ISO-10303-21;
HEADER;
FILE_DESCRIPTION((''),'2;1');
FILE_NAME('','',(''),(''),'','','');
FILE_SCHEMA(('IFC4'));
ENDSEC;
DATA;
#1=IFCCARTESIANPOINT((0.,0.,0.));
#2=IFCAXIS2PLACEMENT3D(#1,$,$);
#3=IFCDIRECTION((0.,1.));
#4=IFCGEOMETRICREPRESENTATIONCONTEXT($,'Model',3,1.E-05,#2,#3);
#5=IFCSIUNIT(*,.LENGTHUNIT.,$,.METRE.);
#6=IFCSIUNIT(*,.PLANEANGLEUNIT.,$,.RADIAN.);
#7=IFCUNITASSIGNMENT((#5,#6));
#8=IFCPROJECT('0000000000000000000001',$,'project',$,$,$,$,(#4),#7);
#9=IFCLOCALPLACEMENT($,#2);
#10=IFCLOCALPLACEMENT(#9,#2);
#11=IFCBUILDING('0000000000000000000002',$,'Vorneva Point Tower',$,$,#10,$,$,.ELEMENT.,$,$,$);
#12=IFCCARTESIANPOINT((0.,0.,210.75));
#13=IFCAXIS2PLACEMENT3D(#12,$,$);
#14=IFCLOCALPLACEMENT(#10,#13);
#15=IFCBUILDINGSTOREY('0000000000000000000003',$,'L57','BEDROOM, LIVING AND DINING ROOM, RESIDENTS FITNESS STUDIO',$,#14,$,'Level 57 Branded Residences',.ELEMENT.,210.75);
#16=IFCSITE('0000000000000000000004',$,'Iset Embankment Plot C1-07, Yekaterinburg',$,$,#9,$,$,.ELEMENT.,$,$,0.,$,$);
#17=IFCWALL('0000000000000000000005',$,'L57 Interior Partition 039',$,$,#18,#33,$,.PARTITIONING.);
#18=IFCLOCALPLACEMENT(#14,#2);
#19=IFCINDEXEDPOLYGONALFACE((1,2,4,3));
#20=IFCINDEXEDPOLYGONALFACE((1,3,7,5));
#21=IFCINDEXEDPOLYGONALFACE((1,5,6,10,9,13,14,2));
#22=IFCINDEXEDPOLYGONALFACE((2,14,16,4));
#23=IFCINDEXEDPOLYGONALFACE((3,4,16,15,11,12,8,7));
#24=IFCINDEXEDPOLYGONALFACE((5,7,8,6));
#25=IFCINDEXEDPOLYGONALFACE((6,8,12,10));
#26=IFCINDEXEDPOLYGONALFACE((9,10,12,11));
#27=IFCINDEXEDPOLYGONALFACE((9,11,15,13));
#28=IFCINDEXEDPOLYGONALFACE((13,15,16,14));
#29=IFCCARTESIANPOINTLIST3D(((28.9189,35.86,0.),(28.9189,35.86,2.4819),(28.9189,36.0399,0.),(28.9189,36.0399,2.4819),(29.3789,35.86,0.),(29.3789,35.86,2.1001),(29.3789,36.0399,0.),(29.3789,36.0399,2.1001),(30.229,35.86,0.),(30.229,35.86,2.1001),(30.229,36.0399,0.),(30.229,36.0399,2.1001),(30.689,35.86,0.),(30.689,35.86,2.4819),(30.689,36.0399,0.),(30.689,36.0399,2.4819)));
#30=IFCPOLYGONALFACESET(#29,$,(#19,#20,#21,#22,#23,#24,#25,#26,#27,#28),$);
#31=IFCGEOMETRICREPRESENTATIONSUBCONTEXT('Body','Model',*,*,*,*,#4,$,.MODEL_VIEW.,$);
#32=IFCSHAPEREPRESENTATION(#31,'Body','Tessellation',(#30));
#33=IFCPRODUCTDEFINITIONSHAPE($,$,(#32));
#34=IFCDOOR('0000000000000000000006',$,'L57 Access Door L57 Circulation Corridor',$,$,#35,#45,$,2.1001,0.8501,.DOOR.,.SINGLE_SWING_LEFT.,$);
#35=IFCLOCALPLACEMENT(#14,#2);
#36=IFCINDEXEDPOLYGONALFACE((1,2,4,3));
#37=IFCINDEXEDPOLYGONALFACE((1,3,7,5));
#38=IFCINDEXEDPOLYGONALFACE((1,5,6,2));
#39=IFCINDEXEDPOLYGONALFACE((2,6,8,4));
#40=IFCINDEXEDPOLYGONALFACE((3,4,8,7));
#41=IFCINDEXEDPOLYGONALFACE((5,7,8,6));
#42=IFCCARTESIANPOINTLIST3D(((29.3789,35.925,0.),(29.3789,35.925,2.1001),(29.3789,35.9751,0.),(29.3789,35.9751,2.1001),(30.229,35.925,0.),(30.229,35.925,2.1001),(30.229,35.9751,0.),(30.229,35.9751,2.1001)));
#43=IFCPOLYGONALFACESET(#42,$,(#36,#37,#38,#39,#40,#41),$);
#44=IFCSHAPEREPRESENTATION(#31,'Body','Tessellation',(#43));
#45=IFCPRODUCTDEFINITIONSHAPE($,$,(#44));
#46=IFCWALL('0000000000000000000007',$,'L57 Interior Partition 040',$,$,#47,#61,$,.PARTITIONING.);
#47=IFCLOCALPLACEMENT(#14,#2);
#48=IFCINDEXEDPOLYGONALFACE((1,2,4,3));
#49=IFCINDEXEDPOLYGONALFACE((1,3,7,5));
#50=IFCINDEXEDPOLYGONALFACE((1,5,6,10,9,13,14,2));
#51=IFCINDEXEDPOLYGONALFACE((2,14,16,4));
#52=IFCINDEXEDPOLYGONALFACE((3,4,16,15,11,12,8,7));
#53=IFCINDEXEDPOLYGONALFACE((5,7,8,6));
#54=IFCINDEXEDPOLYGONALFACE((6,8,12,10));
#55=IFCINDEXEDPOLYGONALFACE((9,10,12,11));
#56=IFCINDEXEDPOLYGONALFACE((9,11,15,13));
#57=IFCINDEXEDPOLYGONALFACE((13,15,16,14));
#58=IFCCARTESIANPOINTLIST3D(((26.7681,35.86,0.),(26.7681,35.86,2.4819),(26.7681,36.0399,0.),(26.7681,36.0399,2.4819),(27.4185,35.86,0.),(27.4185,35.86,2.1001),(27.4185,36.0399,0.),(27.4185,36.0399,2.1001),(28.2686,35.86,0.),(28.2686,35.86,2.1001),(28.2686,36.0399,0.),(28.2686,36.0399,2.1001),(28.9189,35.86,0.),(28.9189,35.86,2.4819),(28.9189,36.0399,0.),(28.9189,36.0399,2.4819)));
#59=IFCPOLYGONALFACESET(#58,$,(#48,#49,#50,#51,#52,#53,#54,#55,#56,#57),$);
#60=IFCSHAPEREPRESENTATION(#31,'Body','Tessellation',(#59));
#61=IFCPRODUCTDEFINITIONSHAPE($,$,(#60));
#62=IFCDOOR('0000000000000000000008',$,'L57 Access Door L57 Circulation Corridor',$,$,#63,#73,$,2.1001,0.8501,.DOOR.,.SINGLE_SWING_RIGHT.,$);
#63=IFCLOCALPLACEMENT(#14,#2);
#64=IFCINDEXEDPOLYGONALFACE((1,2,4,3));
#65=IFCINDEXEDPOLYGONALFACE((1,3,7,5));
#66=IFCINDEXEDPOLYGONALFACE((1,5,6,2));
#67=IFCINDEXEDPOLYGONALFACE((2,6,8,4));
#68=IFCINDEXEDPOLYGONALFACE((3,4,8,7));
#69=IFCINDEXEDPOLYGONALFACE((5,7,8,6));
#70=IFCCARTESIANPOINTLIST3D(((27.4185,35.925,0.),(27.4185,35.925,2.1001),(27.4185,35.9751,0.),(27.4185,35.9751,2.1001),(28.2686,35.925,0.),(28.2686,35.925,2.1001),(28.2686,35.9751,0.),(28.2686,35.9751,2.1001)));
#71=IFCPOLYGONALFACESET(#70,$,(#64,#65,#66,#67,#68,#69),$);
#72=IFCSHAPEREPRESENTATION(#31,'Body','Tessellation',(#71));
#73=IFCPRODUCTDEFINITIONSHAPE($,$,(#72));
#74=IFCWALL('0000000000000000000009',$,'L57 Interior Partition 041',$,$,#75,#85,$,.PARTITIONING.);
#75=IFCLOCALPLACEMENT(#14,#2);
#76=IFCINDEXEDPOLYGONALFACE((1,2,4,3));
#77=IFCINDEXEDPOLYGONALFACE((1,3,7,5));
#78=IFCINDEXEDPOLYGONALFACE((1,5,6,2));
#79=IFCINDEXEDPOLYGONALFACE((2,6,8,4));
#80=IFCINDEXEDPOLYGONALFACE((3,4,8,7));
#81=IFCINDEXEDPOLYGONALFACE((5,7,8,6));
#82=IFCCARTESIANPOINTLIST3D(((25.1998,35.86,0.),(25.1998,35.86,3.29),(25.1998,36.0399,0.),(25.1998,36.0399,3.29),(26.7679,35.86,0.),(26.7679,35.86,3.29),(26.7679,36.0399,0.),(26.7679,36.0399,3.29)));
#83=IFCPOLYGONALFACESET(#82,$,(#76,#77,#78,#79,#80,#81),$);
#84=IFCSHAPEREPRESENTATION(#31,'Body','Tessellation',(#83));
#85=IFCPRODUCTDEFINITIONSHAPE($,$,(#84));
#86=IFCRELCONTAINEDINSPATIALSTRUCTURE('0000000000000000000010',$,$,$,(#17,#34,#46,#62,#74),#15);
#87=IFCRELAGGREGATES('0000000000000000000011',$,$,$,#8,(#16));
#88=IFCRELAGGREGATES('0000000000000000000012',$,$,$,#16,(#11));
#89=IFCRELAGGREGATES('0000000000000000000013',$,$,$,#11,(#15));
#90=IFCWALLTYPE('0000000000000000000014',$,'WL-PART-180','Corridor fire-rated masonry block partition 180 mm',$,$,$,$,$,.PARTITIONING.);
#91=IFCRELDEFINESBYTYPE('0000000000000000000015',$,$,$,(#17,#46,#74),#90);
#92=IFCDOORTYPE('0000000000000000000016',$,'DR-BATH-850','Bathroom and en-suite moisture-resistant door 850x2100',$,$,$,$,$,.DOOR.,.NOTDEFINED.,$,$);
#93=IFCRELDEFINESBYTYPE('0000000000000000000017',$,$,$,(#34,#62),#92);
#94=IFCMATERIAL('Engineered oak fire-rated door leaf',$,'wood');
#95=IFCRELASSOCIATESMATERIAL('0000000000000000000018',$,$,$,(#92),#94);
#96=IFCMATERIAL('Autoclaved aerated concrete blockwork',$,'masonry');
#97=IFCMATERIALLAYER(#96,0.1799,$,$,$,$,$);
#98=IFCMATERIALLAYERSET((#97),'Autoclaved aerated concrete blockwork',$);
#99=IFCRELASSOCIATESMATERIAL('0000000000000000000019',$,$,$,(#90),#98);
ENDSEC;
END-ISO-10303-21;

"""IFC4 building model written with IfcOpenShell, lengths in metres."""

from ifc_helpers import new_model, si_unit, direction, frame, frame_2d, origin, place, context, subcontext, project, spatial, rectangle, extrude, material, layer, layer_set, type_object, element, fill, save


model = new_model("IFC4")

# Units and contexts
model_context = context("Model", 3, precision=1e-05, world=origin(), true_north=direction((0.0, 1.0)))
body_context = subcontext(model_context, "Body", "Model", "MODEL_VIEW")
ifc_project = project(units=[si_unit("LENGTHUNIT", "METRE"), si_unit("PLANEANGLEUNIT", "RADIAN")], contexts=[model_context])

# Site, building, storey
site_placement = place(None, origin())
site = spatial("IfcSite", under=ifc_project, at=site_placement, Name="Iset Embankment Plot C1-07, Yekaterinburg", CompositionType="ELEMENT", RefElevation=0.0)
building_placement = place(site_placement, origin())
building = spatial("IfcBuilding", under=site, at=building_placement, Name="Vorneva Point Tower", CompositionType="ELEMENT")
storey_placement = place(building_placement, frame((0.0, 0.0, 210.75)))
storey = spatial("IfcBuildingStorey", under=building, at=storey_placement, Name="L57", Description="BEDROOM, LIVING AND DINING ROOM, RESIDENTS FITNESS STUDIO", LongName="Level 57 Branded Residences", CompositionType="ELEMENT", Elevation=210.75)

# Shared definitions
ifc_material_1 = material(Name="Engineered oak fire-rated door leaf", Category="wood")
door_type_1 = type_object("IfcDoorType", Name="DR-BATH-850", Description="Bathroom and en-suite moisture-resistant door 850x2100", OperationType="NOTDEFINED", PredefinedType="DOOR", material=ifc_material_1)

# Shared definitions
ifc_material_2 = material(Name="Autoclaved aerated concrete blockwork", Category="masonry")
ifc_layer_1 = layer(ifc_material_2, 0.1799)
ifc_layer_set_1 = layer_set([ifc_layer_1], Name="Autoclaved aerated concrete blockwork")
wall_type_1 = type_object("IfcWallType", Name="WL-PART-180", Description="Corridor fire-rated masonry block partition 180 mm", PredefinedType="PARTITIONING", material=ifc_layer_set_1)

# Walls, openings, doors
wall_1_placement = place(storey_placement, frame((30.689, 35.95, 0.0), z_axis=(0.0, 0.0, 1.0), x_axis=(-1.0, 0.0, 0.0)))
wall_1 = element("IfcWall", 1, at=wall_1_placement, inside=storey, type_object=wall_type_1, Name="L57 Interior Partition 039", PredefinedType="PARTITIONING", context=body_context, shape_type="SweptSolid", body=[
    extrude(rectangle(XDim=1.77, YDim=0.1799, at=frame_2d((0.885, 0.0))), origin(), (0.0, 0.0, 1.0), 2.4819),
])
opening_1_placement = place(wall_1_placement, frame((0.46, 0.0, 0.0)))
opening_1 = element("IfcOpeningElement", 2, at=opening_1_placement, cuts=wall_1, PredefinedType="OPENING", context=body_context, shape_type="SweptSolid", body=[
    extrude(rectangle(XDim=0.8501, YDim=2.1001, at=frame_2d((0.425, 1.05))), frame((0.0, 0.105, 0.0), z_axis=(0.0, -1.0, 0.0), x_axis=(1.0, 0.0, 0.0)), (0.0, 0.0, 1.0), 0.2097),
])
door_1_placement = place(opening_1_placement, origin())
door_1 = element("IfcDoor", 3, at=door_1_placement, inside=storey, type_object=door_type_1, Name="L57 Access Door L57 Circulation Corridor", OperationType="SINGLE_SWING_LEFT", OverallHeight=2.1001, OverallWidth=0.8501, PredefinedType="DOOR", context=body_context, shape_type="SweptSolid", body=[
    extrude(rectangle(XDim=0.8501, YDim=2.1001, at=frame_2d((0.425, 1.05))), frame((0.0, 0.0249, 0.0), z_axis=(0.0, -1.0, 0.0), x_axis=(1.0, 0.0, 0.0)), (0.0, 0.0, 1.0), 0.05),
])
fill(opening_1, door_1)
wall_2_placement = place(storey_placement, frame((28.9189, 35.95, 0.0), z_axis=(0.0, 0.0, 1.0), x_axis=(-1.0, 0.0, 0.0)))
wall_2 = element("IfcWall", 4, at=wall_2_placement, inside=storey, type_object=wall_type_1, Name="L57 Interior Partition 040", PredefinedType="PARTITIONING", context=body_context, shape_type="SweptSolid", body=[
    extrude(rectangle(XDim=2.1509, YDim=0.1799, at=frame_2d((1.0754, 0.0))), origin(), (0.0, 0.0, 1.0), 2.4819),
])
opening_2_placement = place(wall_2_placement, frame((0.6504, 0.0, 0.0)))
opening_2 = element("IfcOpeningElement", 5, at=opening_2_placement, cuts=wall_2, PredefinedType="OPENING", context=body_context, shape_type="SweptSolid", body=[
    extrude(rectangle(XDim=0.8501, YDim=2.1001, at=frame_2d((0.425, 1.05))), frame((0.0, 0.105, 0.0), z_axis=(0.0, -1.0, 0.0), x_axis=(1.0, 0.0, 0.0)), (0.0, 0.0, 1.0), 0.2097),
])
door_2_placement = place(opening_2_placement, origin())
door_2 = element("IfcDoor", 6, at=door_2_placement, inside=storey, type_object=door_type_1, Name="L57 Access Door L57 Circulation Corridor", OperationType="SINGLE_SWING_RIGHT", OverallHeight=2.1001, OverallWidth=0.8501, PredefinedType="DOOR", context=body_context, shape_type="SweptSolid", body=[
    extrude(rectangle(XDim=0.8501, YDim=2.1001, at=frame_2d((0.425, 1.05))), frame((0.0, 0.0249, 0.0), z_axis=(0.0, -1.0, 0.0), x_axis=(1.0, 0.0, 0.0)), (0.0, 0.0, 1.0), 0.05),
])
fill(opening_2, door_2)

# Wall
wall_3_placement = place(storey_placement, frame((26.7681, 35.95, 0.0), z_axis=(0.0, 0.0, 1.0), x_axis=(-1.0, 0.0, 0.0)))
element("IfcWall", 7, at=wall_3_placement, inside=storey, type_object=wall_type_1, Name="L57 Interior Partition 041", PredefinedType="PARTITIONING", context=body_context, shape_type="SweptSolid", body=[
    extrude(rectangle(XDim=1.5681, YDim=0.1799, at=frame_2d((0.7842, 0.0))), origin(), (0.0, 0.0, 1.0), 3.29),
])

save(model, "model.ifc")
